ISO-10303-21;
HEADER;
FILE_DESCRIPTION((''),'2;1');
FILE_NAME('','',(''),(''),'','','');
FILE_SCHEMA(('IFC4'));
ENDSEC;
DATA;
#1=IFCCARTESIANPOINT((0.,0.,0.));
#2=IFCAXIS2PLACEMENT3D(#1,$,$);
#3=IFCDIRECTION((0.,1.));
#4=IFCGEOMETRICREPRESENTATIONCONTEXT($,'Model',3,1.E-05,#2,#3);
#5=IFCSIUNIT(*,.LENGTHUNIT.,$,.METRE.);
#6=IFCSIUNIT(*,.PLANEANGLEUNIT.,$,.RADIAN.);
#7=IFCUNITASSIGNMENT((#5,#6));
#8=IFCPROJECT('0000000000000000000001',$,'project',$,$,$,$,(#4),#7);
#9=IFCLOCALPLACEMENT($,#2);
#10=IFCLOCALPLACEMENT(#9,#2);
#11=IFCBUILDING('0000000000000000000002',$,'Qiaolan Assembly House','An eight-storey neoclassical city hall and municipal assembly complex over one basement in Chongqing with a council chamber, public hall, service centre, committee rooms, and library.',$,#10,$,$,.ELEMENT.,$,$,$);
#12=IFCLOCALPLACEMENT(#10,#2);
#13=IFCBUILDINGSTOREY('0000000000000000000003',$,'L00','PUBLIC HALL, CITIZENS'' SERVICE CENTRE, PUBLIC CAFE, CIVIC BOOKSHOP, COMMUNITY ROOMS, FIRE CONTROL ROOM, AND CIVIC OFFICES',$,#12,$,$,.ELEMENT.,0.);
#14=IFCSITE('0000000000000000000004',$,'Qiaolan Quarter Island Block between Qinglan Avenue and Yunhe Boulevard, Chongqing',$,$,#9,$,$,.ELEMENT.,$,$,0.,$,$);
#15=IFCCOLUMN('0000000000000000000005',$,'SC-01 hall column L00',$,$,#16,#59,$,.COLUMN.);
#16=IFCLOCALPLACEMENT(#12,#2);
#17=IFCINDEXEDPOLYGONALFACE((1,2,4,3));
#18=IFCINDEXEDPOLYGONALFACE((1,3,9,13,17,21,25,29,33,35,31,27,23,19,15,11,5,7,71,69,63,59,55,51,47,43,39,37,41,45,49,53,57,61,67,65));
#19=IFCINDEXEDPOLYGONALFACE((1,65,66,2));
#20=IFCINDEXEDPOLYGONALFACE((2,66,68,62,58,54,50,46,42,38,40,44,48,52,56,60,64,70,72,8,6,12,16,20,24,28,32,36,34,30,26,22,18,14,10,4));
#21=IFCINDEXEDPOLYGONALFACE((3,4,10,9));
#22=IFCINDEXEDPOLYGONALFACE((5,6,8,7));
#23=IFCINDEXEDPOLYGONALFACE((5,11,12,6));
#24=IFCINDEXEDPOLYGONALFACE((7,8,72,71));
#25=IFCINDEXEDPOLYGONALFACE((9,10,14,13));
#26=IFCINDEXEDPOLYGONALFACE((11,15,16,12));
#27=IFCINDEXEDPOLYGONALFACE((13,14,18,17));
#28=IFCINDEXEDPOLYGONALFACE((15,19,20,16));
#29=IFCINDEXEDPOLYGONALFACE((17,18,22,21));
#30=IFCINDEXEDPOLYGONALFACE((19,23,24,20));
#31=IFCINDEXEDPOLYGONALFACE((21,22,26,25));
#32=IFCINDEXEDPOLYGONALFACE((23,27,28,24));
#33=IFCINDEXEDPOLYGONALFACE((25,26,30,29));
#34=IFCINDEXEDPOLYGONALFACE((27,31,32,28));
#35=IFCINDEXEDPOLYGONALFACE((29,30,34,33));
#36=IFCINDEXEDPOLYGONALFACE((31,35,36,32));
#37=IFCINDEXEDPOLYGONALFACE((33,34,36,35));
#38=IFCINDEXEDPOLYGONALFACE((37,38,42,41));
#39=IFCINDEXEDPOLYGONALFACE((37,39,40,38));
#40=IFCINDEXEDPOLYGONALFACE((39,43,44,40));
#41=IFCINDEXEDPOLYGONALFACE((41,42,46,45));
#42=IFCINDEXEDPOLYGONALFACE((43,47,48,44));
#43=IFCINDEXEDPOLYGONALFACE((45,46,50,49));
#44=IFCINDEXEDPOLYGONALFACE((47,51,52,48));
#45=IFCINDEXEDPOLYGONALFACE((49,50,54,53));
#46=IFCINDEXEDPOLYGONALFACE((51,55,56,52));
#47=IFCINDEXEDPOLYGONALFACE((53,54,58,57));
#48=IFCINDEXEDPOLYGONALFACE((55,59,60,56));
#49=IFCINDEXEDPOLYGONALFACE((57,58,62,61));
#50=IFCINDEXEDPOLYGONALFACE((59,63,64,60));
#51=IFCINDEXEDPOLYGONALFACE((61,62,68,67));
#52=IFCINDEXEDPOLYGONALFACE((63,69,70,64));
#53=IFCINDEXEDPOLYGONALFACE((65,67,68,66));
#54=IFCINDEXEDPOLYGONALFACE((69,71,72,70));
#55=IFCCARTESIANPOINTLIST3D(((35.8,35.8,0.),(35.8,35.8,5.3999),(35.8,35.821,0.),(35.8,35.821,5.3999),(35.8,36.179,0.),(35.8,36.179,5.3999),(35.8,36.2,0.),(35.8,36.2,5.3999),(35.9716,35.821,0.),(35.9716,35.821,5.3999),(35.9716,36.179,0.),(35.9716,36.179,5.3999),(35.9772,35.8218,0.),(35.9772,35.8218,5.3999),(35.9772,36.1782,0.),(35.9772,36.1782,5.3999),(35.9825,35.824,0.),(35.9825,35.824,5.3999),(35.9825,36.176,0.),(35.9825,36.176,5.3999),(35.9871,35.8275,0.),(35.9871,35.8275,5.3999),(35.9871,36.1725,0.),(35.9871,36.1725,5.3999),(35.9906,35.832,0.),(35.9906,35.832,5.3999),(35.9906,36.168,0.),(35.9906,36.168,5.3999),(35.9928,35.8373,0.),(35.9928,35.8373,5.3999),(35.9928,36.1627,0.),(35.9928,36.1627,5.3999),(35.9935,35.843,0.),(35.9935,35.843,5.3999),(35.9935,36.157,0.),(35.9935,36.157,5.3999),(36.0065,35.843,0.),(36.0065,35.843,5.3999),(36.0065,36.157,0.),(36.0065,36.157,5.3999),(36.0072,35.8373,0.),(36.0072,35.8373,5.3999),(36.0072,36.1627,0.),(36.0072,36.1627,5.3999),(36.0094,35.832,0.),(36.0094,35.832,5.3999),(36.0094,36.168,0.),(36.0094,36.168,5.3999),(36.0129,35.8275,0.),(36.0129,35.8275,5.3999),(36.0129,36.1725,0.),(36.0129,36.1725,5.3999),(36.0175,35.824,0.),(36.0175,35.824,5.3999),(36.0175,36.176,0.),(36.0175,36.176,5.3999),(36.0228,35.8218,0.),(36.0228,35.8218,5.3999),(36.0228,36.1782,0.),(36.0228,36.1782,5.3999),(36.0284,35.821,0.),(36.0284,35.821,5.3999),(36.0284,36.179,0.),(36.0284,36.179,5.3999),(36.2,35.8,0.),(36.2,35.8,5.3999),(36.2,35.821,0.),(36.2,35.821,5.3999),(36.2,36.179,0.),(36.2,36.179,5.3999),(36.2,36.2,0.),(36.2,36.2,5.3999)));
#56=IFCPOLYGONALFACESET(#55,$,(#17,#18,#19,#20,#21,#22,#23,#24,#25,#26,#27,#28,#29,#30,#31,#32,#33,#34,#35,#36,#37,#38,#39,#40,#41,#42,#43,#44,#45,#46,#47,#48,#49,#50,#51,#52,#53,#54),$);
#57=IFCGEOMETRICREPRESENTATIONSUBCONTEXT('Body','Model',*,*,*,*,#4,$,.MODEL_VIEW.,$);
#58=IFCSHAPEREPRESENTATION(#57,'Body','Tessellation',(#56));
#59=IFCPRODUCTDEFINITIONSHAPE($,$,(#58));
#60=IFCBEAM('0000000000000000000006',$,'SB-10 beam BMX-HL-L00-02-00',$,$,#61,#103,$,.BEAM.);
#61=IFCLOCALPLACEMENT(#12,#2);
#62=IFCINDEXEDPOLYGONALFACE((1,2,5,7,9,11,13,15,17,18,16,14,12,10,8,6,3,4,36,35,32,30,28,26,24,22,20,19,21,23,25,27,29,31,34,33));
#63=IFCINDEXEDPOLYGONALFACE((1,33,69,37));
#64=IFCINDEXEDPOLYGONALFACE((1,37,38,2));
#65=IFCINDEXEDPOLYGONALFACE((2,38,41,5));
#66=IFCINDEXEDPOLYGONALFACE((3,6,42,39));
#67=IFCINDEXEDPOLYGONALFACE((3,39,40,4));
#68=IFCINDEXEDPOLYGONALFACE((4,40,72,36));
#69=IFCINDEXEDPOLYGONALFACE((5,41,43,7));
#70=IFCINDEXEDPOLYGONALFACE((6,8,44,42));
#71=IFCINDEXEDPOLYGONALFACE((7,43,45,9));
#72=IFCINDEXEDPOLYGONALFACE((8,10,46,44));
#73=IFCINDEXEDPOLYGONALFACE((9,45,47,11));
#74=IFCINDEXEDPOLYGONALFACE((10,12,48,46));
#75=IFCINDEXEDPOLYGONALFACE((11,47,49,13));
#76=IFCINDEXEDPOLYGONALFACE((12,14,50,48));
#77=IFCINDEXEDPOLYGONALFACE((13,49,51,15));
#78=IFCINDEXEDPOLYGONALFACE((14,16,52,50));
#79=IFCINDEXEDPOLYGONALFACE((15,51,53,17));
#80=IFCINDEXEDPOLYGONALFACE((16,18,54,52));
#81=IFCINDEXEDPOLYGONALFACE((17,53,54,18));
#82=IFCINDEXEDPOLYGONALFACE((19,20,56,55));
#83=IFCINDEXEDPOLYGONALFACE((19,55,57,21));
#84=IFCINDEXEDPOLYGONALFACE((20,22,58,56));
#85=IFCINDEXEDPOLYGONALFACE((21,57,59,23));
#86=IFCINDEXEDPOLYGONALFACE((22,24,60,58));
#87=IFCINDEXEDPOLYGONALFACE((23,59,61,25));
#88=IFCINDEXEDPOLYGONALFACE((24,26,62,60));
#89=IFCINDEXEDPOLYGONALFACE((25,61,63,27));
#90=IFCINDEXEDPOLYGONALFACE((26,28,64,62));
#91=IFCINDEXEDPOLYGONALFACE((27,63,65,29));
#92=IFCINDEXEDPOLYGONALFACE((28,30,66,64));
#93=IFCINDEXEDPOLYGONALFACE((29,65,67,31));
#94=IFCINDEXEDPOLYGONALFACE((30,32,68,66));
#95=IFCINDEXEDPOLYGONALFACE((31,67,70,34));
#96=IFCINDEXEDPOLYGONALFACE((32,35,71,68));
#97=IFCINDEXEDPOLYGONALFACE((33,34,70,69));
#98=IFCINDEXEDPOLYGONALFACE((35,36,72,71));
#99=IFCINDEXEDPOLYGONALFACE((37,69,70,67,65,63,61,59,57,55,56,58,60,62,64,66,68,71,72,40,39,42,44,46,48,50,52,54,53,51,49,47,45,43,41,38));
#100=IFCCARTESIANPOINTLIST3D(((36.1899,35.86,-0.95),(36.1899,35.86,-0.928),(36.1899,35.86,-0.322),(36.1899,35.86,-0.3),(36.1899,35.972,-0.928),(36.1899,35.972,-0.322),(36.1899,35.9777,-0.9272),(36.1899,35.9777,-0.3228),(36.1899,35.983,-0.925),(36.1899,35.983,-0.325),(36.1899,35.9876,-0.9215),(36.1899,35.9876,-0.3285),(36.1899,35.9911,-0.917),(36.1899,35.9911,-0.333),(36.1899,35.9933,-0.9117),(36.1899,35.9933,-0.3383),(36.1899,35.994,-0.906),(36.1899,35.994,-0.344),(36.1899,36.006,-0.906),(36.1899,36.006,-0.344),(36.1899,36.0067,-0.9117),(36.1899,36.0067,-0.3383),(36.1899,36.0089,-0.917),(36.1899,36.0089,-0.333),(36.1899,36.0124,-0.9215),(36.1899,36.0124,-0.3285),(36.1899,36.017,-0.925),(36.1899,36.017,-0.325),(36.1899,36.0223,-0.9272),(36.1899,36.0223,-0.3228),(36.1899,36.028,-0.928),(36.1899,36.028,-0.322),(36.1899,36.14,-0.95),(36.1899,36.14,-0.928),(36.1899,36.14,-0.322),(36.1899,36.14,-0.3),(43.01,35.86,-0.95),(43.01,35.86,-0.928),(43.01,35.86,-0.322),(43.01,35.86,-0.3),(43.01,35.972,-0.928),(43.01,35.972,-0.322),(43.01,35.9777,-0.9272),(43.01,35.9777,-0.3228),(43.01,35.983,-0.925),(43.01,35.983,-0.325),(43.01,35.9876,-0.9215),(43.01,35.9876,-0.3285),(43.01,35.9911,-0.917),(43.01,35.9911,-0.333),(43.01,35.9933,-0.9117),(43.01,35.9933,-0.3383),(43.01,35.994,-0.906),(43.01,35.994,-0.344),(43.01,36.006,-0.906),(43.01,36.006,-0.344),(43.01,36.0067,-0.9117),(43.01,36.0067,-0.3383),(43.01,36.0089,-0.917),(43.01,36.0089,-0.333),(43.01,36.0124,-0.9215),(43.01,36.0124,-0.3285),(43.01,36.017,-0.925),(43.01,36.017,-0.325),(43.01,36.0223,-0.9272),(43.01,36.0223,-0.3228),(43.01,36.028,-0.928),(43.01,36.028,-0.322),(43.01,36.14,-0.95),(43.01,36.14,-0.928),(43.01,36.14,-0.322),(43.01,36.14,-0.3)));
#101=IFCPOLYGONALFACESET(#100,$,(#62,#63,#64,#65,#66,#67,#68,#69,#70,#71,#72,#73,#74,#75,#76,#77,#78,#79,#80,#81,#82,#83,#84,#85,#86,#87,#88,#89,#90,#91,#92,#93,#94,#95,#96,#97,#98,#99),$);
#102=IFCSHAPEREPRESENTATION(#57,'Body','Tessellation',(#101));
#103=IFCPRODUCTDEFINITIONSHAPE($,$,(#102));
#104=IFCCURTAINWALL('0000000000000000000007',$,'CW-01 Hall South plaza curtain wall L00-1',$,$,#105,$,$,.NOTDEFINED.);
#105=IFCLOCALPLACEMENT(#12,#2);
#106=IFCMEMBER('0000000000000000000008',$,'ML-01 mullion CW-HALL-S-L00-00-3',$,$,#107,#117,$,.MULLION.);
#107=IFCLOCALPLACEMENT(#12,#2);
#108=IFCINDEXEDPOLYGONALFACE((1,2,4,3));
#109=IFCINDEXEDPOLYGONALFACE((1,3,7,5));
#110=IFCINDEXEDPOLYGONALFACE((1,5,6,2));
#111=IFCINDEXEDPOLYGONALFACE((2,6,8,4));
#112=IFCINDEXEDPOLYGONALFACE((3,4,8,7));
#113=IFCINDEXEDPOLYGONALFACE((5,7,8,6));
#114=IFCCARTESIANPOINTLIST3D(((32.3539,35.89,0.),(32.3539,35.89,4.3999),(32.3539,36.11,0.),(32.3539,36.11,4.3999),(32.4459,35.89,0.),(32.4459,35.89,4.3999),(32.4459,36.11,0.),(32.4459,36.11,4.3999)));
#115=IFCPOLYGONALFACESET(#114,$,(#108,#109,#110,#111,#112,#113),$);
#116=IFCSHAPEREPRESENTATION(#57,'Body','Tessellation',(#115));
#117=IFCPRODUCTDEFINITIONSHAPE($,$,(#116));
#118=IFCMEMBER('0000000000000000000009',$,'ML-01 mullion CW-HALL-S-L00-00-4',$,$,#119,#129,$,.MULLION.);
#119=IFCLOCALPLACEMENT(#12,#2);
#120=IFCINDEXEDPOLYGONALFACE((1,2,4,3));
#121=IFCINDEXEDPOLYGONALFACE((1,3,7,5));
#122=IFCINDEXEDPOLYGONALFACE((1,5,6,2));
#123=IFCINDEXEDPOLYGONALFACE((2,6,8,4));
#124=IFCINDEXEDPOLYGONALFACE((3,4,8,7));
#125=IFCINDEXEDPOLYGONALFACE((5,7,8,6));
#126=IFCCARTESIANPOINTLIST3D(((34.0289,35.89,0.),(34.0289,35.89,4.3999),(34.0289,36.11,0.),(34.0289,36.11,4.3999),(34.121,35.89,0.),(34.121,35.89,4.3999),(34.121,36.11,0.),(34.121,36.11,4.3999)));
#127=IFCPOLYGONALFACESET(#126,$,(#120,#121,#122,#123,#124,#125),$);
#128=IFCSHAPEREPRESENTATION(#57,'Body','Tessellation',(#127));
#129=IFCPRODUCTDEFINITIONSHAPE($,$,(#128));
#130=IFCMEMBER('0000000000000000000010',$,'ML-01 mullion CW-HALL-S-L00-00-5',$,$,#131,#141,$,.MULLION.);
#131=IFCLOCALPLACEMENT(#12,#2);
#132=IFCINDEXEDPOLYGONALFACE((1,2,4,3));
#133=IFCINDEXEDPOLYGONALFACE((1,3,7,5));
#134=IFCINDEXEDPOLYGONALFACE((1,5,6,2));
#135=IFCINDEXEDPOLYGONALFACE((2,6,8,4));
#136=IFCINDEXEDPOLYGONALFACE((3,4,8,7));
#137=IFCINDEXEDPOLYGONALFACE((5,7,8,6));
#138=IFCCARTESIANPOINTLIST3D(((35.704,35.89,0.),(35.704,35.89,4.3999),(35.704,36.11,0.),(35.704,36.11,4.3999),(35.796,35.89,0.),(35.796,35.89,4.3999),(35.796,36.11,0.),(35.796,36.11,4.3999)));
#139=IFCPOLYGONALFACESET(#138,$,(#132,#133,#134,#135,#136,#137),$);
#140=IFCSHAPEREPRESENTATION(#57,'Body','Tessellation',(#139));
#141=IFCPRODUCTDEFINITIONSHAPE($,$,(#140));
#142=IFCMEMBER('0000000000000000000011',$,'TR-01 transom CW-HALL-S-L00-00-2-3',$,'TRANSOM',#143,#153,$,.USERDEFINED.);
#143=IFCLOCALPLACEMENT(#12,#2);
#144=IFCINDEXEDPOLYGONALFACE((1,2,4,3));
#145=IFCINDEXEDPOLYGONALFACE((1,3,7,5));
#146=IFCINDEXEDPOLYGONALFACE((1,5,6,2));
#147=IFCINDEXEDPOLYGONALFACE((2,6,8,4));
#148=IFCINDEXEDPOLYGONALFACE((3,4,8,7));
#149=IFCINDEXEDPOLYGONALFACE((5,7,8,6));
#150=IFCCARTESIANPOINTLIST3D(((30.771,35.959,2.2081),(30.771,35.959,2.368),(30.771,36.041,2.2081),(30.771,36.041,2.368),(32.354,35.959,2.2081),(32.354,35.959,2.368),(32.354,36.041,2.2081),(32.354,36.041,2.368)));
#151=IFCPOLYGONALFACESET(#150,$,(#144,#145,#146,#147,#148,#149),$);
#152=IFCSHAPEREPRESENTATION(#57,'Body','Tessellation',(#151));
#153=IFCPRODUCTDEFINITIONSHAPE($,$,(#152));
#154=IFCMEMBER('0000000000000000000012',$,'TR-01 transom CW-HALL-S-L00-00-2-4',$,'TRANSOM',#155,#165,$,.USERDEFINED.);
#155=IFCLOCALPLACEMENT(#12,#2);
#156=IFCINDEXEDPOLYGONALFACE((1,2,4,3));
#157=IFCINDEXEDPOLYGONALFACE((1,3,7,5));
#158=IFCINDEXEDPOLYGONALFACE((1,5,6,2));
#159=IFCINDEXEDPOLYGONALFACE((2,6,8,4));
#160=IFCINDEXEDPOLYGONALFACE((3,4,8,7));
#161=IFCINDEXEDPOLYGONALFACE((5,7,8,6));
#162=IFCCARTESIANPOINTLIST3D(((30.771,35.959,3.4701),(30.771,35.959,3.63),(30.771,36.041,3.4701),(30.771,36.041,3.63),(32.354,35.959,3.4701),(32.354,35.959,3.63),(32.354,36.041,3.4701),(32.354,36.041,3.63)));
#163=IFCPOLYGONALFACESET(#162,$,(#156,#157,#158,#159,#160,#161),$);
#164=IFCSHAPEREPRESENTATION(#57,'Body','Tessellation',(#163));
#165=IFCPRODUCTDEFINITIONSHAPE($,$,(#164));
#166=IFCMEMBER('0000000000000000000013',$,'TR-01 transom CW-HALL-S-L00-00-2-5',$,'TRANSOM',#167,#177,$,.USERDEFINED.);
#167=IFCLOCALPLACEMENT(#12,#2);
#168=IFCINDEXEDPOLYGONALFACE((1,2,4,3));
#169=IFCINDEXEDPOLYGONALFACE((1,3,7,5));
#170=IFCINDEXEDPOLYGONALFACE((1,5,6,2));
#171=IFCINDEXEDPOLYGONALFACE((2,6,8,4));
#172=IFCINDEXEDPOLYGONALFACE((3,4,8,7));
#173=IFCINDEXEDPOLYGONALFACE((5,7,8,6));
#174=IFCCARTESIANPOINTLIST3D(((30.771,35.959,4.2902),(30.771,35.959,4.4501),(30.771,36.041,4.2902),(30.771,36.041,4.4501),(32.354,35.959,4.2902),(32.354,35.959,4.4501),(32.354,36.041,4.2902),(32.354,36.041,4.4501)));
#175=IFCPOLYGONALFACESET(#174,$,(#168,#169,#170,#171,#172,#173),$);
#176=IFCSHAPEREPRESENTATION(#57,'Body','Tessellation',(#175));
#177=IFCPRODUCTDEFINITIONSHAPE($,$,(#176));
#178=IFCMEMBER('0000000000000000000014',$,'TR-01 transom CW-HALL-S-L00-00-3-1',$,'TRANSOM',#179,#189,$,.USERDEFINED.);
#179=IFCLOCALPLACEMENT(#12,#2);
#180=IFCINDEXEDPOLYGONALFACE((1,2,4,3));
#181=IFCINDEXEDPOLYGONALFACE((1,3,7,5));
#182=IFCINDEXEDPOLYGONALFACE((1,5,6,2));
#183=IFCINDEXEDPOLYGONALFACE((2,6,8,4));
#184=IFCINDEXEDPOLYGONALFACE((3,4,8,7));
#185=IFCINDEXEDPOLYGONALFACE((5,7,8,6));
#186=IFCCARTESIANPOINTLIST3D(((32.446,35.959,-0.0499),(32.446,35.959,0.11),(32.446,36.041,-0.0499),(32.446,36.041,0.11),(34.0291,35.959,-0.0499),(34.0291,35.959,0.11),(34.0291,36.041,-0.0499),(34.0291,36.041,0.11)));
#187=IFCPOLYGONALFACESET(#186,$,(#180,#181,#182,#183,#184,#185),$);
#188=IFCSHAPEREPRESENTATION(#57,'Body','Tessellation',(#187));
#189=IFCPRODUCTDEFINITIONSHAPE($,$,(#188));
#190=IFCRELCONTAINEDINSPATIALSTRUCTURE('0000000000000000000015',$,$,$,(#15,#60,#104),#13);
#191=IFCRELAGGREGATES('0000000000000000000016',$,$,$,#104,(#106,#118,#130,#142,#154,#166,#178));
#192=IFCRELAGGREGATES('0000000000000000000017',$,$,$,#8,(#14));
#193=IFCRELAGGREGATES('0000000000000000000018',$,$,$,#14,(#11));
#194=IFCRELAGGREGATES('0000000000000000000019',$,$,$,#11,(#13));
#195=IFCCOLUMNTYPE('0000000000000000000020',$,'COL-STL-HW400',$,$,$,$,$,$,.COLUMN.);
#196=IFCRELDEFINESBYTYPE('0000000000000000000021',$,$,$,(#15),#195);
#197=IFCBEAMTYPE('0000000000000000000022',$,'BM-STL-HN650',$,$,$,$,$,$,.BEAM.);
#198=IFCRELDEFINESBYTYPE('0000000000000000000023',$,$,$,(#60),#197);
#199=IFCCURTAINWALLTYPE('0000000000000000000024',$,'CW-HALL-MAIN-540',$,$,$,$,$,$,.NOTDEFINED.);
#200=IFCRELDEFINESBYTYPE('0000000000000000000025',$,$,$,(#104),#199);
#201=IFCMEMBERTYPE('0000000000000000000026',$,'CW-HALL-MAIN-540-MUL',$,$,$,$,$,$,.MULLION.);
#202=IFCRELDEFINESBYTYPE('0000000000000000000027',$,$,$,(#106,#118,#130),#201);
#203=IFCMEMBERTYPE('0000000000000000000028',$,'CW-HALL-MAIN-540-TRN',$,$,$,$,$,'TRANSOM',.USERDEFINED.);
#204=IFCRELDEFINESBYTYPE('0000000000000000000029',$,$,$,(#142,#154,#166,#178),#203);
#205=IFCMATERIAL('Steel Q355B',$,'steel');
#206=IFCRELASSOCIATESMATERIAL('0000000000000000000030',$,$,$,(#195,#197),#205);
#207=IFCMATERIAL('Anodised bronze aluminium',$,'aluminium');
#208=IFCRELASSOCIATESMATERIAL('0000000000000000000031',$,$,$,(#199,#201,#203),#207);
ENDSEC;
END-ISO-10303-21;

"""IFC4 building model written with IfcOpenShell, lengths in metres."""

from ifc_helpers import new_model, si_unit, direction, frame, origin, origin_2d, place, context, subcontext, project, spatial, rectangle, i_section, extrude, material, material_profile, profile_set, type_object, element, aggregate, save


model = new_model("IFC4")

# Units and contexts
model_context = context("Model", 3, precision=1e-05, world=origin(), true_north=direction((0.0, 1.0)))
body_context = subcontext(model_context, "Body", "Model", "MODEL_VIEW")
ifc_project = project(units=[si_unit("LENGTHUNIT", "METRE"), si_unit("PLANEANGLEUNIT", "RADIAN")], contexts=[model_context])

# Site, building, storey
site_placement = place(None, origin())
site = spatial("IfcSite", under=ifc_project, at=site_placement, Name="Qiaolan Quarter Island Block between Qinglan Avenue and Yunhe Boulevard, Chongqing", CompositionType="ELEMENT", RefElevation=0.0)
building_placement = place(site_placement, origin())
building = spatial("IfcBuilding", under=site, at=building_placement, Name="Qiaolan Assembly House", Description="An eight-storey neoclassical city hall and municipal assembly complex over one basement in Chongqing with a council chamber, public hall, service centre, committee rooms, and library.", CompositionType="ELEMENT")
storey_placement = place(building_placement, origin())
storey = spatial("IfcBuildingStorey", under=building, at=storey_placement, Name="L00", Description="PUBLIC HALL, CITIZENS' SERVICE CENTRE, PUBLIC CAFE, CIVIC BOOKSHOP, COMMUNITY ROOMS, FIRE CONTROL ROOM, AND CIVIC OFFICES", CompositionType="ELEMENT", Elevation=0.0)

# Column
ifc_material_1 = material(Name="Steel Q355B", Category="steel")
ifc_material_profile_1 = material_profile(ifc_material_1, i_section(OverallWidth=0.3999, OverallDepth=0.3999, WebThickness=0.0129, FlangeThickness=0.021, FilletRadius=0.022, at=origin_2d()), Name="HW 400x400x13x21")
ifc_profile_set_1 = profile_set([ifc_material_profile_1], Name="Steel Q355B")
column_type = type_object("IfcColumnType", Name="COL-STL-HW400", PredefinedType="COLUMN", material=ifc_profile_set_1)
column_placement = place(storey_placement, frame((36.0, 36.0, 0.0), z_axis=(0.0, 0.0, 1.0), x_axis=(1.0, 0.0, 0.0)))
element("IfcColumn", 1, at=column_placement, inside=storey, type_object=column_type, Name="SC-01 hall column L00", PredefinedType="COLUMN", context=body_context, shape_type="SweptSolid", body=[
    extrude(i_section(OverallWidth=0.3999, OverallDepth=0.3999, WebThickness=0.0129, FlangeThickness=0.021, FilletRadius=0.022, at=origin_2d()), origin(), (0.0, 0.0, 1.0), 5.3999),
])

# Beam
ifc_material_profile_2 = material_profile(ifc_material_1, i_section(OverallWidth=0.28, OverallDepth=0.6499, WebThickness=0.012, FlangeThickness=0.022, FilletRadius=0.022, at=origin_2d()), Name="HN 650x280x12x22")
ifc_profile_set_2 = profile_set([ifc_material_profile_2], Name="Steel Q355B")
beam_type = type_object("IfcBeamType", Name="BM-STL-HN650", PredefinedType="BEAM", material=ifc_profile_set_2)
beam_placement = place(storey_placement, frame((36.1899, 36.0, -0.625), z_axis=(1.0, 0.0, 0.0), x_axis=(0.0, 1.0, 0.0)))
element("IfcBeam", 2, at=beam_placement, inside=storey, type_object=beam_type, Name="SB-10 beam BMX-HL-L00-02-00", PredefinedType="BEAM", context=body_context, shape_type="SweptSolid", body=[
    extrude(i_section(OverallWidth=0.28, OverallDepth=0.6499, WebThickness=0.012, FlangeThickness=0.022, FilletRadius=0.022, at=origin_2d()), origin(), (0.0, 0.0, 1.0), 6.8201),
])

# Curtain wall, members
ifc_material_2 = material(Name="Anodised bronze aluminium", Category="aluminium")
curtain_wall_type = type_object("IfcCurtainWallType", Name="CW-HALL-MAIN-540", PredefinedType="NOTDEFINED", material=ifc_material_2)
curtain_wall_placement = place(storey_placement, origin())
curtain_wall = element("IfcCurtainWall", 3, at=curtain_wall_placement, inside=storey, type_object=curtain_wall_type, Name="CW-01 Hall South plaza curtain wall L00-1", PredefinedType="NOTDEFINED")
ifc_material_profile_3 = material_profile(ifc_material_2, rectangle(XDim=0.092, YDim=0.22, at=origin_2d()), Name="MUL 92x220")
ifc_profile_set_3 = profile_set([ifc_material_profile_3], Name="Anodised bronze aluminium")
member_type_1 = type_object("IfcMemberType", Name="CW-HALL-MAIN-540-MUL", PredefinedType="MULLION", material=ifc_profile_set_3)
member_1_placement = place(storey_placement, frame((32.3999, 36.0, 0.0), z_axis=(0.0, 0.0, 1.0), x_axis=(1.0, 0.0, 0.0)))
member_1 = element("IfcMember", 4, at=member_1_placement, type_object=member_type_1, Name="ML-01 mullion CW-HALL-S-L00-00-3", PredefinedType="MULLION", context=body_context, shape_type="SweptSolid", body=[
    extrude(rectangle(XDim=0.092, YDim=0.22, at=origin_2d()), origin(), (0.0, 0.0, 1.0), 4.3999),
])
member_2_placement = place(storey_placement, frame((34.075, 36.0, 0.0), z_axis=(0.0, 0.0, 1.0), x_axis=(1.0, 0.0, 0.0)))
member_2 = element("IfcMember", 5, at=member_2_placement, type_object=member_type_1, Name="ML-01 mullion CW-HALL-S-L00-00-4", PredefinedType="MULLION", context=body_context, shape_type="SweptSolid", body=[
    extrude(rectangle(XDim=0.092, YDim=0.22, at=origin_2d()), origin(), (0.0, 0.0, 1.0), 4.3999),
])
member_3_placement = place(storey_placement, frame((35.75, 36.0, 0.0), z_axis=(0.0, 0.0, 1.0), x_axis=(1.0, 0.0, 0.0)))
member_3 = element("IfcMember", 6, at=member_3_placement, type_object=member_type_1, Name="ML-01 mullion CW-HALL-S-L00-00-5", PredefinedType="MULLION", context=body_context, shape_type="SweptSolid", body=[
    extrude(rectangle(XDim=0.092, YDim=0.22, at=origin_2d()), origin(), (0.0, 0.0, 1.0), 4.3999),
])
ifc_material_profile_4 = material_profile(ifc_material_2, rectangle(XDim=0.082, YDim=0.1599, at=origin_2d()), Name="TRN 82x160")
ifc_profile_set_4 = profile_set([ifc_material_profile_4], Name="Anodised bronze aluminium")
member_type_2 = type_object("IfcMemberType", Name="CW-HALL-MAIN-540-TRN", ElementType="TRANSOM", PredefinedType="USERDEFINED", material=ifc_profile_set_4)
member_4_placement = place(storey_placement, frame((30.771, 36.0, 2.2881), z_axis=(1.0, 0.0, 0.0), x_axis=(0.0, 1.0, 0.0)))
member_4 = element("IfcMember", 7, at=member_4_placement, type_object=member_type_2, Name="TR-01 transom CW-HALL-S-L00-00-2-3", ObjectType="TRANSOM", PredefinedType="USERDEFINED", context=body_context, shape_type="SweptSolid", body=[
    extrude(rectangle(XDim=0.082, YDim=0.1599, at=origin_2d()), origin(), (0.0, 0.0, 1.0), 1.583),
])
member_5_placement = place(storey_placement, frame((30.771, 36.0, 3.55), z_axis=(1.0, 0.0, 0.0), x_axis=(0.0, 1.0, 0.0)))
member_5 = element("IfcMember", 8, at=member_5_placement, type_object=member_type_2, Name="TR-01 transom CW-HALL-S-L00-00-2-4", ObjectType="TRANSOM", PredefinedType="USERDEFINED", context=body_context, shape_type="SweptSolid", body=[
    extrude(rectangle(XDim=0.082, YDim=0.1599, at=origin_2d()), origin(), (0.0, 0.0, 1.0), 1.583),
])
member_6_placement = place(storey_placement, frame((30.771, 36.0, 4.3701), z_axis=(1.0, 0.0, 0.0), x_axis=(0.0, 1.0, 0.0)))
member_6 = element("IfcMember", 9, at=member_6_placement, type_object=member_type_2, Name="TR-01 transom CW-HALL-S-L00-00-2-5", ObjectType="TRANSOM", PredefinedType="USERDEFINED", context=body_context, shape_type="SweptSolid", body=[
    extrude(rectangle(XDim=0.082, YDim=0.1599, at=origin_2d()), origin(), (0.0, 0.0, 1.0), 1.583),
])
member_7_placement = place(storey_placement, frame((32.446, 36.0, 0.03), z_axis=(1.0, 0.0, 0.0), x_axis=(0.0, 1.0, 0.0)))
member_7 = element("IfcMember", 10, at=member_7_placement, type_object=member_type_2, Name="TR-01 transom CW-HALL-S-L00-00-3-1", ObjectType="TRANSOM", PredefinedType="USERDEFINED", context=body_context, shape_type="SweptSolid", body=[
    extrude(rectangle(XDim=0.082, YDim=0.1599, at=origin_2d()), origin(), (0.0, 0.0, 1.0), 1.583),
])
aggregate(curtain_wall, [member_1, member_2, member_3, member_4, member_5, member_6, member_7])

save(model, "model.ifc")
